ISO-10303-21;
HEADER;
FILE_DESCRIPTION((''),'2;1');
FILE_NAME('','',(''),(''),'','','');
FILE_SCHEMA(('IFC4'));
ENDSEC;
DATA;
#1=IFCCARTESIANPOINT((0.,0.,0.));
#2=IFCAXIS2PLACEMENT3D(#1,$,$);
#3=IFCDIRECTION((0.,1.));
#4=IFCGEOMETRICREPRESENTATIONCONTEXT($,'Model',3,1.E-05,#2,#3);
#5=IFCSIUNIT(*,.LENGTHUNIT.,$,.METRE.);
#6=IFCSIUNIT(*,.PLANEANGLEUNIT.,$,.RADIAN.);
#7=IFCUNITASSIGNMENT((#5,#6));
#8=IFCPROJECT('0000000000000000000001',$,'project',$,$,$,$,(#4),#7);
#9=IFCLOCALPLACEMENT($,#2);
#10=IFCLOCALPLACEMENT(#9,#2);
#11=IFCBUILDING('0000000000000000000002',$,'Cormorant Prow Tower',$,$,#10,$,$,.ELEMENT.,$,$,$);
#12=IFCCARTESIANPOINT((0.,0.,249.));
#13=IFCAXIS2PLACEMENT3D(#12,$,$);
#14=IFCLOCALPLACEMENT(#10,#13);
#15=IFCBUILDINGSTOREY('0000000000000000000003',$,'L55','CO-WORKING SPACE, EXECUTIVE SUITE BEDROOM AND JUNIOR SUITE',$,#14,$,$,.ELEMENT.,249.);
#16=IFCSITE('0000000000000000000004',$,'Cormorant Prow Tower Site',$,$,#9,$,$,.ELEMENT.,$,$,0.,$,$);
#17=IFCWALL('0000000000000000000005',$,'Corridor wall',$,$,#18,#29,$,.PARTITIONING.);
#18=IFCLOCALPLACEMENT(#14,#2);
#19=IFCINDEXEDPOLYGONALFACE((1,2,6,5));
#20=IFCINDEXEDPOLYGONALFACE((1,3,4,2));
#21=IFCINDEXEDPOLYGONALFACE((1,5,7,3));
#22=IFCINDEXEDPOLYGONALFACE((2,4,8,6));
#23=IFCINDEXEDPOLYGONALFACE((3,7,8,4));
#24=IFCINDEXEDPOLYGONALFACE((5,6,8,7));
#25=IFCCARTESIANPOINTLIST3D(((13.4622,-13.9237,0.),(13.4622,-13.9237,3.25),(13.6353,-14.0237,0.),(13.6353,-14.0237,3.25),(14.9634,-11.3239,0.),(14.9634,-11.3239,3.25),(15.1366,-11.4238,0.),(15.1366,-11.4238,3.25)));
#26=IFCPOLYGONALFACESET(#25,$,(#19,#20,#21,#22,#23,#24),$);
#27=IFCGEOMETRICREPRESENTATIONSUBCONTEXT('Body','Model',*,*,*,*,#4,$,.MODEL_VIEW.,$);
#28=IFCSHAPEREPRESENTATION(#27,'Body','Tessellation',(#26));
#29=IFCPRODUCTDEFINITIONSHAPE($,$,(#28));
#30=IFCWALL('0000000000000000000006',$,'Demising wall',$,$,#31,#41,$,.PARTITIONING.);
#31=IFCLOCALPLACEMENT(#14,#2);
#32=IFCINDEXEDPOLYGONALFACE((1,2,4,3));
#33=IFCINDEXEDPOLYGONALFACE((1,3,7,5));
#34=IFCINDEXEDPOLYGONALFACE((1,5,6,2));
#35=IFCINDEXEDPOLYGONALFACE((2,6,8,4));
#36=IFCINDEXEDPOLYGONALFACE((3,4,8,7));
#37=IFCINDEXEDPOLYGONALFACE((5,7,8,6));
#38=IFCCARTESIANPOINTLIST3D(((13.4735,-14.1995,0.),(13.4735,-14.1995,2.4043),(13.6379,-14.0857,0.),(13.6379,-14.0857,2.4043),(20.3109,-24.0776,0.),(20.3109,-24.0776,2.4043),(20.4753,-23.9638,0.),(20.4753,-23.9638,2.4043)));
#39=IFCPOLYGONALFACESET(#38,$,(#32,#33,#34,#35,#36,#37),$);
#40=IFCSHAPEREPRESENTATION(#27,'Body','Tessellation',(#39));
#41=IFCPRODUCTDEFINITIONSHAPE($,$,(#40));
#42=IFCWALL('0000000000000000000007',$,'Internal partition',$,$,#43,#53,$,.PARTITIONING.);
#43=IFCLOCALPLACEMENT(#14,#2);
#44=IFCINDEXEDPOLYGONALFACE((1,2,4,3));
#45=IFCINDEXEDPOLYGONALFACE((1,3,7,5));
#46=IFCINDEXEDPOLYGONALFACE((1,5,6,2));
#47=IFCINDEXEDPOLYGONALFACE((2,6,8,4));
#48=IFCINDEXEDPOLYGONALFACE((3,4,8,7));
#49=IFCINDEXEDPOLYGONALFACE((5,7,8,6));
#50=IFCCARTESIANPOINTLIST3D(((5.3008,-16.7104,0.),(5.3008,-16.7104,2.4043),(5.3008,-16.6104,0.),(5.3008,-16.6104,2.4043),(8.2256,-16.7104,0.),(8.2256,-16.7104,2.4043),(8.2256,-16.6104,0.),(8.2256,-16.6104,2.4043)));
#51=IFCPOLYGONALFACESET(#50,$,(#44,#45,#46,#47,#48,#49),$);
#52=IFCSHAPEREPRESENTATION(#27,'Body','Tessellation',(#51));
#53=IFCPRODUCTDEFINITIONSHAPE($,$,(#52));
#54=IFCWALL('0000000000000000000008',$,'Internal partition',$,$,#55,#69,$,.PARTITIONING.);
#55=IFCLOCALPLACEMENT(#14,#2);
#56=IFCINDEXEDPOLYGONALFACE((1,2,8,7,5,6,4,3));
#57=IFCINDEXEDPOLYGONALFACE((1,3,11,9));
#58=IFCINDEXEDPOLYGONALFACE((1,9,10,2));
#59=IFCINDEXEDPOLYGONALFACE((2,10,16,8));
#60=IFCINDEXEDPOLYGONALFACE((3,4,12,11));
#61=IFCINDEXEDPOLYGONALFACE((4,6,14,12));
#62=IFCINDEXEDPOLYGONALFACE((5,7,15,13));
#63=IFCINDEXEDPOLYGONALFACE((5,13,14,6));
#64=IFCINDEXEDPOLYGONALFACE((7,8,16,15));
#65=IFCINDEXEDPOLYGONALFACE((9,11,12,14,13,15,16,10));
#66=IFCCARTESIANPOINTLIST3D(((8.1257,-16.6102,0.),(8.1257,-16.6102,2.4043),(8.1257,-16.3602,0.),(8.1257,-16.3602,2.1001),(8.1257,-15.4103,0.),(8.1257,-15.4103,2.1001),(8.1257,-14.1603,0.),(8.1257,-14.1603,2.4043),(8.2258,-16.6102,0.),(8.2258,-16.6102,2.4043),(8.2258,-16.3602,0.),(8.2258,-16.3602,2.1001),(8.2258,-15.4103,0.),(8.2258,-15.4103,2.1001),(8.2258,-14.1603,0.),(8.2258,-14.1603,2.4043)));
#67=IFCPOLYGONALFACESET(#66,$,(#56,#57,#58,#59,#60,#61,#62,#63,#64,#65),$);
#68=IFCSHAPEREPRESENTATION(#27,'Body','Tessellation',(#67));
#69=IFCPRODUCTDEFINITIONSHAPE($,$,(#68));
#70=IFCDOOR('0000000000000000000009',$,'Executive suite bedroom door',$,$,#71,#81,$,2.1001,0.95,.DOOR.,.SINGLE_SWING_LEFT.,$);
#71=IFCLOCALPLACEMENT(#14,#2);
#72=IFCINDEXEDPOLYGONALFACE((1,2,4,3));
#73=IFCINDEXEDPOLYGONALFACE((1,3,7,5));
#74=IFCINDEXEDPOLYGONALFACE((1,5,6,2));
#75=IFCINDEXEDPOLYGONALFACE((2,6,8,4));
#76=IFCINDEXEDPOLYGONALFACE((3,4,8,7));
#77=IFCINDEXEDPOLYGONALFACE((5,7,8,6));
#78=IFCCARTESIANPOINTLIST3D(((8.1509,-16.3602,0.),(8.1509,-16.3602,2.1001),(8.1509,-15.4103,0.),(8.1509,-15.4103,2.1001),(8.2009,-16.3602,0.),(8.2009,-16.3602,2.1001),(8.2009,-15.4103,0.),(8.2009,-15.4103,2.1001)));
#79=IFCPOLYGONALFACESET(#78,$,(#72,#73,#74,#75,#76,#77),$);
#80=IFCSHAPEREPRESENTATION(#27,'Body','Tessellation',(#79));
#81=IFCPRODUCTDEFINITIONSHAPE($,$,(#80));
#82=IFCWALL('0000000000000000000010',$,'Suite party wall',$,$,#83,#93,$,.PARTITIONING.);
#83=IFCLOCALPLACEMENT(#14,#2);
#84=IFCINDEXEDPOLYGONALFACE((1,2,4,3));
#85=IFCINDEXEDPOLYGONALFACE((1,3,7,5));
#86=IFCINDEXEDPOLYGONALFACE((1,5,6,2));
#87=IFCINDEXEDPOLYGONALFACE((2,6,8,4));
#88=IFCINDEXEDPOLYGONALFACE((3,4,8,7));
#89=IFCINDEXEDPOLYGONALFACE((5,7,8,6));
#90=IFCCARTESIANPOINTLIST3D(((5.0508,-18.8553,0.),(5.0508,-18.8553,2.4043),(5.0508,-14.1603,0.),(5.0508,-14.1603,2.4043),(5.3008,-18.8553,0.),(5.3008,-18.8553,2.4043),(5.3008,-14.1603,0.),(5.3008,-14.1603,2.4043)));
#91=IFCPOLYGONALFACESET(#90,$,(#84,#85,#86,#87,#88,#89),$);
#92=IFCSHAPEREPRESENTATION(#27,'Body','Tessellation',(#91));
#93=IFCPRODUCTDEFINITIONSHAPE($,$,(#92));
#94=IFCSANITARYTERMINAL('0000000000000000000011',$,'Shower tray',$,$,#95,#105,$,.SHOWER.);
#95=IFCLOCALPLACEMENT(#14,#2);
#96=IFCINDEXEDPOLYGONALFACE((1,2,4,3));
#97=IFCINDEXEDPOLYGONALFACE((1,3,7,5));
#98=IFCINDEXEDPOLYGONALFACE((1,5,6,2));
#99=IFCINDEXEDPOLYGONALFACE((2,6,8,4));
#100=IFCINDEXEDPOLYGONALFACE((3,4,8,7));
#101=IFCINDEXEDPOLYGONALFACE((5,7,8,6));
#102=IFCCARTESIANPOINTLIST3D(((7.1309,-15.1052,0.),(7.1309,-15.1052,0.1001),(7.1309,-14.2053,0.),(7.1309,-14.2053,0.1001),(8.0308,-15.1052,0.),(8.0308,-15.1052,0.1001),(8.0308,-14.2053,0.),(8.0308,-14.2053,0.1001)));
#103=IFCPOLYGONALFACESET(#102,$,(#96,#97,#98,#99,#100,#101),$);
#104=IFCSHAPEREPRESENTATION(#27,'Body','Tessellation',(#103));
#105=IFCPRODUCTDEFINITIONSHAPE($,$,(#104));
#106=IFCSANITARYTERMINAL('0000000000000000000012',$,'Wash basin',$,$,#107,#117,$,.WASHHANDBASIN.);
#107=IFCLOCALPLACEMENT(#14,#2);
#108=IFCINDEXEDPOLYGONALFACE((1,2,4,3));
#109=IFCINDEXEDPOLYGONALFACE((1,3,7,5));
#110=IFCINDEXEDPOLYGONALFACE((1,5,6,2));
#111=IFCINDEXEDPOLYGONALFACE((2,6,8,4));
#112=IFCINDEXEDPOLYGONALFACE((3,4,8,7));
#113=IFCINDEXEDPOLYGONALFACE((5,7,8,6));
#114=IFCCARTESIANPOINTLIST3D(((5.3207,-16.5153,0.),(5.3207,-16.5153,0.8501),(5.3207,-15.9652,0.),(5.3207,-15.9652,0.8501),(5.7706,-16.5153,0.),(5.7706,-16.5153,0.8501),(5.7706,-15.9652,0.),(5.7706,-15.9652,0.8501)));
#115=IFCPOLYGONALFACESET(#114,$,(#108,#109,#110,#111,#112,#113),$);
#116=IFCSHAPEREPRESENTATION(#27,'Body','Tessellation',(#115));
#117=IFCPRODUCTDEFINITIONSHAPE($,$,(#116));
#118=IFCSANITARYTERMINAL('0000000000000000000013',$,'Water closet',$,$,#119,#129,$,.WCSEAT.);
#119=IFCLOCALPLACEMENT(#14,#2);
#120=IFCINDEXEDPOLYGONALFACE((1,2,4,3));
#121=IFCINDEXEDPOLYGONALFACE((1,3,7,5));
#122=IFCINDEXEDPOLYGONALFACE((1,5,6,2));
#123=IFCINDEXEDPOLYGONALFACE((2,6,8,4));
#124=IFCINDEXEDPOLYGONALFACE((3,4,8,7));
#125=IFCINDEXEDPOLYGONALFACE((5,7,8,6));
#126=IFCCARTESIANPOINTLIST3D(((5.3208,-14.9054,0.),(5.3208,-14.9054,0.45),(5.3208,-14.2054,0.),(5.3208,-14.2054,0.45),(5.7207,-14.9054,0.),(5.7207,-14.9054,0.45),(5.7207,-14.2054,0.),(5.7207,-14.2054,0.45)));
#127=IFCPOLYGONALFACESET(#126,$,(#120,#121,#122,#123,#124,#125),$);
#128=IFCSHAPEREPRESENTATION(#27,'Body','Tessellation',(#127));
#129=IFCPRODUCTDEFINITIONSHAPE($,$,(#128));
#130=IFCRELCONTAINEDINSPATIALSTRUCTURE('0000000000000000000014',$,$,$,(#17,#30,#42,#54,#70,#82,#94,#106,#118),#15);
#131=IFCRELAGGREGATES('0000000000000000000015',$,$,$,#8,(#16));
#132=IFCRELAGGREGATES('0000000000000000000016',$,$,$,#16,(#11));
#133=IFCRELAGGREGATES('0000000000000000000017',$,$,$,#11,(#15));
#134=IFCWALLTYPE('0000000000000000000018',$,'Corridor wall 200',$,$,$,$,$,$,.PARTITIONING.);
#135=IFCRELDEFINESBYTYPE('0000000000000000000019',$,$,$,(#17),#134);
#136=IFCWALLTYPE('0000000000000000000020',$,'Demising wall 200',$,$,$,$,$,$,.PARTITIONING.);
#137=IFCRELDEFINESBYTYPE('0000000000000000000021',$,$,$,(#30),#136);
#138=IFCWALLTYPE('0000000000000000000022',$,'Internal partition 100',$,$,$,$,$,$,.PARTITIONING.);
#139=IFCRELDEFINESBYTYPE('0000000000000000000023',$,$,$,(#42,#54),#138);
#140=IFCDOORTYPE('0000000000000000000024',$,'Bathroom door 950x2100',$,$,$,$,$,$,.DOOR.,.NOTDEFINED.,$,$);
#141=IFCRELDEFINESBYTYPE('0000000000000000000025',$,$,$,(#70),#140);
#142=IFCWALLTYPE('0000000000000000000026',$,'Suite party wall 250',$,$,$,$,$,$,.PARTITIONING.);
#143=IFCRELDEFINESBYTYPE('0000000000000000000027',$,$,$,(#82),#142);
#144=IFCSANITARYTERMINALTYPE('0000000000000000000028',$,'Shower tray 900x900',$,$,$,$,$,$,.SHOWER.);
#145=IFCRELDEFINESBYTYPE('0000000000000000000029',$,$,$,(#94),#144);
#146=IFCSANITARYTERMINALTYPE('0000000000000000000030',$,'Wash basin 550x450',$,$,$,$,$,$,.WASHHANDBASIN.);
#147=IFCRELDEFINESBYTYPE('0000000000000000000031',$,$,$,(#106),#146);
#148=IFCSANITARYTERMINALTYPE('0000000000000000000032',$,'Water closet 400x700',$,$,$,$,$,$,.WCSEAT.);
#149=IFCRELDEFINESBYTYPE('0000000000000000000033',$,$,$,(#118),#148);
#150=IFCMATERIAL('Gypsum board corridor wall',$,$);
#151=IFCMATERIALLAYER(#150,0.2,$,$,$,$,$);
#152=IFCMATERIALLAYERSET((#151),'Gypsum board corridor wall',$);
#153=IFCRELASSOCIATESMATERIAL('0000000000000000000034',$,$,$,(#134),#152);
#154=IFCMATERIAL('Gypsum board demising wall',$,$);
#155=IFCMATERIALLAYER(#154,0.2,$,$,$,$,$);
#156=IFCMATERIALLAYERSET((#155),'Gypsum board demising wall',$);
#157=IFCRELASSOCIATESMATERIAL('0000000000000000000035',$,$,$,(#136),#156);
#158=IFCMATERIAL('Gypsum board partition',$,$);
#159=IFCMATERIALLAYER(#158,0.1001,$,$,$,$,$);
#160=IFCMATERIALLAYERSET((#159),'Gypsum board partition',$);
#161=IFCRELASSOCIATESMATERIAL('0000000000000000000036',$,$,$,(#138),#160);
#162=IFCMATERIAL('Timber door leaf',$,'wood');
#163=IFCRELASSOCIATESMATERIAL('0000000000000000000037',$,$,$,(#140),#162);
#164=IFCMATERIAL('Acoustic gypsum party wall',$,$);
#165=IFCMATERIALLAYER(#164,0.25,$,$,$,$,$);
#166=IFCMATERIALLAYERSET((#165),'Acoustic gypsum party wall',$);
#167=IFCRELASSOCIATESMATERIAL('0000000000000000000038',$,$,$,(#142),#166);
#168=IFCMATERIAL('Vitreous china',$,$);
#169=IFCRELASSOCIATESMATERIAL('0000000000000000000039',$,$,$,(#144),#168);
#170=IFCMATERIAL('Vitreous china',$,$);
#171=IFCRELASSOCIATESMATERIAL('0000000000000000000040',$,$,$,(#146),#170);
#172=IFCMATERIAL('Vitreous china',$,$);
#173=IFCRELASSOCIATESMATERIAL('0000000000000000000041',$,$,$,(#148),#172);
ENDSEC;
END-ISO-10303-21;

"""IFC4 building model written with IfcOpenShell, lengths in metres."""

from ifc_helpers import new_model, si_unit, direction, frame, frame_2d, origin, origin_2d, place, context, subcontext, project, spatial, rectangle, extrude, material, layer, layer_set, type_object, element, fill, save


model = new_model("IFC4")

# Units and contexts
model_context = context("Model", 3, precision=1e-05, world=origin(), true_north=direction((0.0, 1.0)))
body_context = subcontext(model_context, "Body", "Model", "MODEL_VIEW")
ifc_project = project(units=[si_unit("LENGTHUNIT", "METRE"), si_unit("PLANEANGLEUNIT", "RADIAN")], contexts=[model_context])

# Site, building, storey
site_placement = place(None, origin())
site = spatial("IfcSite", under=ifc_project, at=site_placement, Name="Cormorant Prow Tower Site", CompositionType="ELEMENT", RefElevation=0.0)
building_placement = place(site_placement, origin())
building = spatial("IfcBuilding", under=site, at=building_placement, Name="Cormorant Prow Tower", CompositionType="ELEMENT")
storey_placement = place(building_placement, frame((0.0, 0.0, 249.0)))
storey = spatial("IfcBuildingStorey", under=building, at=storey_placement, Name="L55", Description="CO-WORKING SPACE, EXECUTIVE SUITE BEDROOM AND JUNIOR SUITE", CompositionType="ELEMENT", Elevation=249.0)

# Walls
ifc_material_1 = material(Name="Gypsum board corridor wall")
ifc_layer_1 = layer(ifc_material_1, 0.2)
ifc_layer_set_1 = layer_set([ifc_layer_1], Name="Gypsum board corridor wall")
wall_type_1 = type_object("IfcWallType", Name="Corridor wall 200", PredefinedType="PARTITIONING", material=ifc_layer_set_1)
wall_1_placement = place(storey_placement, frame((13.5488, -13.9736, 0.0), z_axis=(0.0, 0.0, 1.0), x_axis=(0.500049, 0.865997, 0.0)))
element("IfcWall", 1, at=wall_1_placement, inside=storey, type_object=wall_type_1, Name="Corridor wall", PredefinedType="PARTITIONING", context=body_context, shape_type="SweptSolid", body=[
    extrude(rectangle(XDim=3.0022, YDim=0.2, at=frame_2d((1.501, 0.0))), origin(), (0.0, 0.0, 1.0), 3.25),
])
ifc_material_2 = material(Name="Gypsum board demising wall")
ifc_layer_2 = layer(ifc_material_2, 0.2)
ifc_layer_set_2 = layer_set([ifc_layer_2], Name="Gypsum board demising wall")
wall_type_2 = type_object("IfcWallType", Name="Demising wall 200", PredefinedType="PARTITIONING", material=ifc_layer_set_2)
wall_2_placement = place(storey_placement, frame((13.5557, -14.1426, 0.0), z_axis=(0.0, 0.0, 1.0), x_axis=(0.569135, -0.822244, 0.0)))
element("IfcWall", 2, at=wall_2_placement, inside=storey, type_object=wall_type_2, Name="Demising wall", PredefinedType="PARTITIONING", context=body_context, shape_type="SweptSolid", body=[
    extrude(rectangle(XDim=12.0137, YDim=0.2, at=frame_2d((6.0068, 0.0))), origin(), (0.0, 0.0, 1.0), 2.4043),
])
ifc_material_3 = material(Name="Gypsum board partition")
ifc_layer_3 = layer(ifc_material_3, 0.1001)
ifc_layer_set_3 = layer_set([ifc_layer_3], Name="Gypsum board partition")
wall_type_3 = type_object("IfcWallType", Name="Internal partition 100", PredefinedType="PARTITIONING", material=ifc_layer_set_3)
wall_3_placement = place(storey_placement, frame((5.3008, -16.6604, 0.0), z_axis=(0.0, 0.0, 1.0), x_axis=(1.0, 0.0, 0.0)))
element("IfcWall", 3, at=wall_3_placement, inside=storey, type_object=wall_type_3, Name="Internal partition", PredefinedType="PARTITIONING", context=body_context, shape_type="SweptSolid", body=[
    extrude(rectangle(XDim=2.9248, YDim=0.1001, at=frame_2d((1.4624, 0.0))), origin(), (0.0, 0.0, 1.0), 2.4043),
])

# Wall, opening, door
wall_4_placement = place(storey_placement, frame((8.1758, -16.6104, 0.0), z_axis=(0.0, 0.0, 1.0), x_axis=(0.0, 1.0, 0.0)))
wall_4 = element("IfcWall", 4, at=wall_4_placement, inside=storey, type_object=wall_type_3, Name="Internal partition", PredefinedType="PARTITIONING", context=body_context, shape_type="SweptSolid", body=[
    extrude(rectangle(XDim=2.45, YDim=0.1001, at=frame_2d((1.2251, 0.0))), origin(), (0.0, 0.0, 1.0), 2.4043),
])
opening_1_placement = place(wall_4_placement, frame((0.25, 0.0, 0.0)))
opening_1 = element("IfcOpeningElement", 5, at=opening_1_placement, cuts=wall_4, PredefinedType="OPENING", context=body_context, shape_type="SweptSolid", body=[
    extrude(rectangle(XDim=0.95, YDim=2.1001, at=frame_2d((0.4751, 1.05))), frame((0.0, 0.0601, 0.0), z_axis=(0.0, -1.0, 0.0), x_axis=(1.0, 0.0, 0.0)), (0.0, 0.0, 1.0), 0.1201),
])
ifc_material_4 = material(Name="Timber door leaf", Category="wood")
door_type_1 = type_object("IfcDoorType", Name="Bathroom door 950x2100", OperationType="NOTDEFINED", PredefinedType="DOOR", material=ifc_material_4)
door_1_placement = place(opening_1_placement, origin())
door_1 = element("IfcDoor", 6, at=door_1_placement, inside=storey, type_object=door_type_1, Name="Executive suite bedroom door", OperationType="SINGLE_SWING_LEFT", OverallHeight=2.1001, OverallWidth=0.95, PredefinedType="DOOR", context=body_context, shape_type="SweptSolid", body=[
    extrude(rectangle(XDim=0.95, YDim=2.1001, at=frame_2d((0.4751, 1.05))), frame((0.0, 0.0249, 0.0), z_axis=(0.0, -1.0, 0.0), x_axis=(1.0, 0.0, 0.0)), (0.0, 0.0, 1.0), 0.05),
])
fill(opening_1, door_1)

# Wall
ifc_material_5 = material(Name="Acoustic gypsum party wall")
ifc_layer_4 = layer(ifc_material_5, 0.25)
ifc_layer_set_4 = layer_set([ifc_layer_4], Name="Acoustic gypsum party wall")
wall_type_4 = type_object("IfcWallType", Name="Suite party wall 250", PredefinedType="PARTITIONING", material=ifc_layer_set_4)
wall_5_placement = place(storey_placement, frame((5.1758, -18.8555, 0.0), z_axis=(0.0, 0.0, 1.0), x_axis=(0.0, 1.0, 0.0)))
element("IfcWall", 7, at=wall_5_placement, inside=storey, type_object=wall_type_4, Name="Suite party wall", PredefinedType="PARTITIONING", context=body_context, shape_type="SweptSolid", body=[
    extrude(rectangle(XDim=4.6951, YDim=0.25, at=frame_2d((2.3477, 0.0))), origin(), (0.0, 0.0, 1.0), 2.4043),
])

# Sanitary terminals
ifc_material_6 = material(Name="Vitreous china")
sanitary_terminal_type_1 = type_object("IfcSanitaryTerminalType", Name="Shower tray 900x900", PredefinedType="SHOWER", material=ifc_material_6)
sanitary_terminal_1_placement = place(storey_placement, frame((7.5808, -14.6553, 0.0), z_axis=(0.0, 0.0, 1.0), x_axis=(0.0, -1.0, 0.0)))
element("IfcSanitaryTerminal", 8, at=sanitary_terminal_1_placement, inside=storey, type_object=sanitary_terminal_type_1, Name="Shower tray", PredefinedType="SHOWER", context=body_context, shape_type="SweptSolid", body=[
    extrude(rectangle(XDim=0.8999, YDim=0.8999, at=origin_2d()), origin(), (0.0, 0.0, 1.0), 0.1001),
])
ifc_material_7 = material(Name="Vitreous china")
sanitary_terminal_type_2 = type_object("IfcSanitaryTerminalType", Name="Wash basin 550x450", PredefinedType="WASHHANDBASIN", material=ifc_material_7)
sanitary_terminal_2_placement = place(storey_placement, frame((5.5457, -16.2402, 0.0), z_axis=(0.0, 0.0, 1.0), x_axis=(0.0, 1.0, 0.0)))
element("IfcSanitaryTerminal", 9, at=sanitary_terminal_2_placement, inside=storey, type_object=sanitary_terminal_type_2, Name="Wash basin", PredefinedType="WASHHANDBASIN", context=body_context, shape_type="SweptSolid", body=[
    extrude(rectangle(XDim=0.55, YDim=0.45, at=origin_2d()), origin(), (0.0, 0.0, 1.0), 0.8501),
])
ifc_material_8 = material(Name="Vitreous china")
sanitary_terminal_type_3 = type_object("IfcSanitaryTerminalType", Name="Water closet 400x700", PredefinedType="WCSEAT", material=ifc_material_8)
sanitary_terminal_3_placement = place(storey_placement, frame((5.5208, -14.5554, 0.0), z_axis=(0.0, 0.0, 1.0), x_axis=(1.0, 0.0, 0.0)))
element("IfcSanitaryTerminal", 10, at=sanitary_terminal_3_placement, inside=storey, type_object=sanitary_terminal_type_3, Name="Water closet", PredefinedType="WCSEAT", context=body_context, shape_type="SweptSolid", body=[
    extrude(rectangle(XDim=0.3999, YDim=0.7, at=origin_2d()), origin(), (0.0, 0.0, 1.0), 0.45),
])

save(model, "model.ifc")
